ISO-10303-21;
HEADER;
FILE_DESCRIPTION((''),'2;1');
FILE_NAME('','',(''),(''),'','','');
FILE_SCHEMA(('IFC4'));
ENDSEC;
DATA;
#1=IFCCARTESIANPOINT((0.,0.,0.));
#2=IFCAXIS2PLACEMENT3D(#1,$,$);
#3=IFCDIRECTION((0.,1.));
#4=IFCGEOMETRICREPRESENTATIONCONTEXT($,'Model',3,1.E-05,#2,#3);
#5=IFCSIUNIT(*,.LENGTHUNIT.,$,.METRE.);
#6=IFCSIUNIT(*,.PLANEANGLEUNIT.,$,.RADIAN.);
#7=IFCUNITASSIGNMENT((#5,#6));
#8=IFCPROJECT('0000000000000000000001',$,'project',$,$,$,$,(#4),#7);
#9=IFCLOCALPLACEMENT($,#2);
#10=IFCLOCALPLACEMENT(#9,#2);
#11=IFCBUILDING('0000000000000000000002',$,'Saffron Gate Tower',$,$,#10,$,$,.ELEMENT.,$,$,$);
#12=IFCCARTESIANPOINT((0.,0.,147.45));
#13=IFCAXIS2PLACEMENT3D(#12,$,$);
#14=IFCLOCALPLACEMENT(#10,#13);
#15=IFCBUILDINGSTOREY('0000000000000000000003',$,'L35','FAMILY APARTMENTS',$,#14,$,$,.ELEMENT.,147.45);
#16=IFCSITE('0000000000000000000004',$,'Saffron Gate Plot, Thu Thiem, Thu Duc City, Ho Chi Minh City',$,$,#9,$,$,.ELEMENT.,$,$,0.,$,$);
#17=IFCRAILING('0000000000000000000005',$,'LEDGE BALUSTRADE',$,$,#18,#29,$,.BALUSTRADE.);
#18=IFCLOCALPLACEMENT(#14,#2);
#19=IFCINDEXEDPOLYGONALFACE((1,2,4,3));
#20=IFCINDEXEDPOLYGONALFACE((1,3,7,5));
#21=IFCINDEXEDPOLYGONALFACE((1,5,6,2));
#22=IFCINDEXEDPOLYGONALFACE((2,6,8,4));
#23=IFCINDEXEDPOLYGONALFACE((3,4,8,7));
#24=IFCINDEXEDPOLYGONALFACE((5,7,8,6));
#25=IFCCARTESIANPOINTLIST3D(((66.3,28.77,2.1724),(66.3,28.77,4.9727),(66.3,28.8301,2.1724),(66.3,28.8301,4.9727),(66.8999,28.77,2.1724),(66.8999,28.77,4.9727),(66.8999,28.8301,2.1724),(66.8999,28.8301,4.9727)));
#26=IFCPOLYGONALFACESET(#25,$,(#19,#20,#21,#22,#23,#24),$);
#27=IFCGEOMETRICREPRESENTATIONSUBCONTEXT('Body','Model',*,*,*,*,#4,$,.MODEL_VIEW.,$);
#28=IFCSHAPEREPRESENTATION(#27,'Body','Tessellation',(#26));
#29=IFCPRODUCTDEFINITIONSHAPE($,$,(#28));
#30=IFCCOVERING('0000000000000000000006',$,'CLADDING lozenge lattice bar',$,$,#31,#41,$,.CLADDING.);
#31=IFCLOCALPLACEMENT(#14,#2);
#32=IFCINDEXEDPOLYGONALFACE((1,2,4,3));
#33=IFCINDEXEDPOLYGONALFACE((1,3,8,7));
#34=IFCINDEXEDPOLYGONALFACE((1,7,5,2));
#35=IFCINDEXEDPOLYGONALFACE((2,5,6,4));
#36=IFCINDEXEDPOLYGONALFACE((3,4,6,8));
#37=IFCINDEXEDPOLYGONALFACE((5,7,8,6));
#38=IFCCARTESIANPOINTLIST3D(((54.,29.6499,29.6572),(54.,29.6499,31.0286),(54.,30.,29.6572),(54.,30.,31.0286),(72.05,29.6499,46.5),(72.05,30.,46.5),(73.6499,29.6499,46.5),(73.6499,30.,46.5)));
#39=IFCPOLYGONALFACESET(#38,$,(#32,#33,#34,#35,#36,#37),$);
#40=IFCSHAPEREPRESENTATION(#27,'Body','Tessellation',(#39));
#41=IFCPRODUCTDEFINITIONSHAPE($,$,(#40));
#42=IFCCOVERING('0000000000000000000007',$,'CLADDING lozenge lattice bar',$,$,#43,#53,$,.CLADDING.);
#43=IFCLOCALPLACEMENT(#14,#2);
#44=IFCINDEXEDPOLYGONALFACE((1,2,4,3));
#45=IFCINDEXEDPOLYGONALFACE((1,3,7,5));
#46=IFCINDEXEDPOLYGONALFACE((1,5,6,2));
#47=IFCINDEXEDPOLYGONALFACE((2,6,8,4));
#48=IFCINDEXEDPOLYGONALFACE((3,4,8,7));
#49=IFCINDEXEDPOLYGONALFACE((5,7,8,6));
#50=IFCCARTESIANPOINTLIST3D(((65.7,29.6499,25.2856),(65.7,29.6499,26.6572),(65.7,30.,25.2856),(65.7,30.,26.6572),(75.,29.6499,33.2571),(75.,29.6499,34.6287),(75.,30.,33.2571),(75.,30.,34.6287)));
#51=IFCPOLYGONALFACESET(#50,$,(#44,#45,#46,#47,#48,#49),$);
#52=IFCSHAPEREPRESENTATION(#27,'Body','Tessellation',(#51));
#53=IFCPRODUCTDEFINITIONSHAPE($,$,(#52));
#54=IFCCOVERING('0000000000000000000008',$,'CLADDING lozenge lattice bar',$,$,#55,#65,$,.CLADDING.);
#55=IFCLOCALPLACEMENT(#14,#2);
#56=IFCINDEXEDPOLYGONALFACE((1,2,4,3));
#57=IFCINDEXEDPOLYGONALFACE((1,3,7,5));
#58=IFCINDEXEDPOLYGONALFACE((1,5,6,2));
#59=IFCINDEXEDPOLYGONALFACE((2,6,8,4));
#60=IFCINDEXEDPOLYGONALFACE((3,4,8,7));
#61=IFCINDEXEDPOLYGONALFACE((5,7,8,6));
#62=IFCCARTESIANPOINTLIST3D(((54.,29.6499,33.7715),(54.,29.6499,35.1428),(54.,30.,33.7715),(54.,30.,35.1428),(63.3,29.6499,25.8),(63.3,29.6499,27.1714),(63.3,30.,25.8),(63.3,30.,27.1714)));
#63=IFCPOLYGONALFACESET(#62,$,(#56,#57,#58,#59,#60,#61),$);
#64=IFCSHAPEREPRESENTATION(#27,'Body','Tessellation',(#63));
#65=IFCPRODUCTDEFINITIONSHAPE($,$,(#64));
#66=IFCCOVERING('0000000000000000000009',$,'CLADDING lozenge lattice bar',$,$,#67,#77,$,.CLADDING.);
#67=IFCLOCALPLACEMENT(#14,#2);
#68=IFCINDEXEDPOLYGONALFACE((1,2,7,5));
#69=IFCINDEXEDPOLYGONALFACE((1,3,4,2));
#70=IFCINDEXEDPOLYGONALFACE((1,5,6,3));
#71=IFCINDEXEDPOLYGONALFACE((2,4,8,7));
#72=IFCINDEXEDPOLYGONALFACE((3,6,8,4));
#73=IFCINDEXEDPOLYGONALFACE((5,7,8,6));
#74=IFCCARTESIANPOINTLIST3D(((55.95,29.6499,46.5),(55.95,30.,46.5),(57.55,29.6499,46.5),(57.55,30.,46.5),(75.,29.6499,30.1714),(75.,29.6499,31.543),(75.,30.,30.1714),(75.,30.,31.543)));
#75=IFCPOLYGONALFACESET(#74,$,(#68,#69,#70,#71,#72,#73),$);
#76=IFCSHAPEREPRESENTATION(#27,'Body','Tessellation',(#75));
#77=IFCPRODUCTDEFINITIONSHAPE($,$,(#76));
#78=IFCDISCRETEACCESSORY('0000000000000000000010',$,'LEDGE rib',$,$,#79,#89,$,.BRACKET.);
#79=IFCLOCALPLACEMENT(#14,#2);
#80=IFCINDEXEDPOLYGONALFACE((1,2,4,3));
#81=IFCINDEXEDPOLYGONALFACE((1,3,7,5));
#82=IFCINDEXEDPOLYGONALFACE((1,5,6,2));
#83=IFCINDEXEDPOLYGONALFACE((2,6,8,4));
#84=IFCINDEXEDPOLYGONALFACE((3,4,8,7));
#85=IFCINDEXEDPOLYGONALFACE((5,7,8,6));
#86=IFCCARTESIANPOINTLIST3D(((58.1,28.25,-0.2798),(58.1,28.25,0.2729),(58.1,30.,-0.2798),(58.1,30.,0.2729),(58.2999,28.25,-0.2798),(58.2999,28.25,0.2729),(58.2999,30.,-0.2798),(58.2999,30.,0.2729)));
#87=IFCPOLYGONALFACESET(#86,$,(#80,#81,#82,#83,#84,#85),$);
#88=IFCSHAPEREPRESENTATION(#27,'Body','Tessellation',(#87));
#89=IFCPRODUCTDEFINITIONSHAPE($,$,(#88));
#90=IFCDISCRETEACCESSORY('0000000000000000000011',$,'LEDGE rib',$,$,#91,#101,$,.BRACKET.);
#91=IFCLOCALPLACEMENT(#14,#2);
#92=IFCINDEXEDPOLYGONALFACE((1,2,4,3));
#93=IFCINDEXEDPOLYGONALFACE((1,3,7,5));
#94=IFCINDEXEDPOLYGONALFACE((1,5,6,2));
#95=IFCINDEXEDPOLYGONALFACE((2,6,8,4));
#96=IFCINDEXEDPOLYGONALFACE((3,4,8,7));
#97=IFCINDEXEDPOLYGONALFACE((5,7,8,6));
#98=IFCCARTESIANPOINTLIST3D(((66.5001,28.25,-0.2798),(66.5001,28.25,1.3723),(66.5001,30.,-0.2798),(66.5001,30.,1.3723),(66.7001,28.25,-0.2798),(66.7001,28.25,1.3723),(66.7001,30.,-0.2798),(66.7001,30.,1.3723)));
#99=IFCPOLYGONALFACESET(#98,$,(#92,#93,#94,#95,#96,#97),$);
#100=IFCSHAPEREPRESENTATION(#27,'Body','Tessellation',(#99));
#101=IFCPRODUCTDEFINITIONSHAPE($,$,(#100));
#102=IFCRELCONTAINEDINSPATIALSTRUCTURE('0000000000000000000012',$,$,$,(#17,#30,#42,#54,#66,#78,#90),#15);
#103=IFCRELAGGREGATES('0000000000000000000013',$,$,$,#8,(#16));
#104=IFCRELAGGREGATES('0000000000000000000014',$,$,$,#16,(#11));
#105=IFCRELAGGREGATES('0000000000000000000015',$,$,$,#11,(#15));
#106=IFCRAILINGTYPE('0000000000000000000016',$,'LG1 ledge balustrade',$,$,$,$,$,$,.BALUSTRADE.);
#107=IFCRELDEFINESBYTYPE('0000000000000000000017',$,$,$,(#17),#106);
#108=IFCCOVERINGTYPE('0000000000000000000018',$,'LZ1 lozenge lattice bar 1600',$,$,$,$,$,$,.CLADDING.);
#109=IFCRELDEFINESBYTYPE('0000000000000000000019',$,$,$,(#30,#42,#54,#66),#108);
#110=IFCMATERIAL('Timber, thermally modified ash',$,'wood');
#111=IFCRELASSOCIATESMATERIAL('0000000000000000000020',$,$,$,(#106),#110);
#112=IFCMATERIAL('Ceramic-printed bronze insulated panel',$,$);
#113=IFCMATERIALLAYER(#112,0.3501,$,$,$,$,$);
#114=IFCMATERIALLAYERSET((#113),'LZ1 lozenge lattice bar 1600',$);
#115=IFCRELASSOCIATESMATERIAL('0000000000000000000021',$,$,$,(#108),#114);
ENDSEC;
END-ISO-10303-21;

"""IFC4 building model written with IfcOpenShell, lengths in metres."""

from ifc_helpers import new_model, si_unit, direction, frame, origin, origin_2d, place, context, subcontext, project, spatial, polyline, rectangle, outline, extrude, material, layer, layer_set, type_object, element, save


model = new_model("IFC4")

# Units and contexts
model_context = context("Model", 3, precision=1e-05, world=origin(), true_north=direction((0.0, 1.0)))
body_context = subcontext(model_context, "Body", "Model", "MODEL_VIEW")
ifc_project = project(units=[si_unit("LENGTHUNIT", "METRE"), si_unit("PLANEANGLEUNIT", "RADIAN")], contexts=[model_context])

# Site, building, storey
site_placement = place(None, origin())
site = spatial("IfcSite", under=ifc_project, at=site_placement, Name="Saffron Gate Plot, Thu Thiem, Thu Duc City, Ho Chi Minh City", CompositionType="ELEMENT", RefElevation=0.0)
building_placement = place(site_placement, origin())
building = spatial("IfcBuilding", under=site, at=building_placement, Name="Saffron Gate Tower", CompositionType="ELEMENT")
storey_placement = place(building_placement, frame((0.0, 0.0, 147.45)))
storey = spatial("IfcBuildingStorey", under=building, at=storey_placement, Name="L35", Description="FAMILY APARTMENTS", CompositionType="ELEMENT", Elevation=147.45)

# Shared definitions
ifc_material_1 = material(Name="Timber, thermally modified ash", Category="wood")

# Railing
railing_type = type_object("IfcRailingType", Name="LG1 ledge balustrade", PredefinedType="BALUSTRADE", material=ifc_material_1)
railing_1_placement = place(storey_placement, frame((66.3, 28.8, 2.1724)))
element("IfcRailing", 1, at=railing_1_placement, inside=storey, type_object=railing_type, Name="LEDGE BALUSTRADE", PredefinedType="BALUSTRADE", context=body_context, shape_type="SweptSolid", body=[
    extrude(rectangle(XDim=0.0601, YDim=2.8003, at=origin_2d()), frame((0.0, 0.0, 1.4001), z_axis=(1.0, 0.0, 0.0), x_axis=(0.0, 1.0, 0.0)), (0.0, 0.0, 1.0), 0.5999),
])

# Coverings
ifc_material_2 = material(Name="Ceramic-printed bronze insulated panel")
ifc_layer_1 = layer(ifc_material_2, 0.3501)
ifc_layer_set_1 = layer_set([ifc_layer_1], Name="LZ1 lozenge lattice bar 1600")
covering_type_1 = type_object("IfcCoveringType", Name="LZ1 lozenge lattice bar 1600", PredefinedType="CLADDING", material=ifc_layer_set_1)
covering_1_placement = place(storey_placement, frame((54.0, 29.6499, 29.6572), z_axis=(0.0, -1.0, 0.0), x_axis=(0.759257, 0.0, 0.650791)))
element("IfcCovering", 2, at=covering_1_placement, inside=storey, type_object=covering_type_1, Name="CLADDING lozenge lattice bar", PredefinedType="CLADDING", context=body_context, shape_type="SweptSolid", body=[
    extrude(outline(polyline([(0.0, 0.0), (25.8804, 0.0), (24.6658, 1.0412), (0.8925, 1.0412), (0.0, 0.0)])), origin(), (0.0, 0.0, -1.0), 0.3501),
])
covering_2_placement = place(storey_placement, frame((65.7, 29.6499, 26.6572), z_axis=(0.0, -1.0, 0.0), x_axis=(0.0, 0.0, -1.0)))
element("IfcCovering", 3, at=covering_2_placement, inside=storey, type_object=covering_type_1, Name="CLADDING lozenge lattice bar", PredefinedType="CLADDING", context=body_context, shape_type="SweptSolid", body=[
    extrude(outline(polyline([(0.0, 0.0), (1.3716, 0.0), (-6.5999, 9.3), (-7.9714, 9.3), (0.0, 0.0)])), origin(), (0.0, 0.0, -1.0), 0.3501),
])
covering_3_placement = place(storey_placement, frame((63.3, 29.6499, 25.8), z_axis=(0.0, -1.0, 0.0), x_axis=(0.0, 0.0, 1.0)))
element("IfcCovering", 4, at=covering_3_placement, inside=storey, type_object=covering_type_1, Name="CLADDING lozenge lattice bar", PredefinedType="CLADDING", context=body_context, shape_type="SweptSolid", body=[
    extrude(outline(polyline([(0.0, 0.0), (1.3713, 0.0), (9.3428, 9.3), (7.9714, 9.3), (0.0, 0.0)])), origin(), (0.0, 0.0, -1.0), 0.3501),
])
covering_4_placement = place(storey_placement, frame((75.0, 29.6499, 30.1714), z_axis=(0.0, -1.0, 0.0), x_axis=(0.0, 0.0, 1.0)))
element("IfcCovering", 5, at=covering_4_placement, inside=storey, type_object=covering_type_1, Name="CLADDING lozenge lattice bar", PredefinedType="CLADDING", context=body_context, shape_type="SweptSolid", body=[
    extrude(outline(polyline([(0.0, 0.0), (1.3716, 0.0), (16.3286, 17.45), (16.3286, 19.05), (0.0, 0.0)])), origin(), (0.0, 0.0, -1.0), 0.3501),
])

# Discrete accessories
discrete_accessory_1_placement = place(storey_placement, frame((58.2, 29.125, -0.2798), z_axis=(0.0, 0.0, 1.0), x_axis=(1.0, 0.0, 0.0)))
element("IfcDiscreteAccessory", 6, at=discrete_accessory_1_placement, inside=storey, Name="LEDGE rib", PredefinedType="BRACKET", context=body_context, shape_type="SweptSolid", body=[
    extrude(rectangle(XDim=0.2, YDim=1.75, at=origin_2d()), origin(), (0.0, 0.0, 1.0), 0.5527),
])
discrete_accessory_2_placement = place(storey_placement, frame((66.6001, 29.125, -0.2798), z_axis=(0.0, 0.0, 1.0), x_axis=(1.0, 0.0, 0.0)))
element("IfcDiscreteAccessory", 7, at=discrete_accessory_2_placement, inside=storey, Name="LEDGE rib", PredefinedType="BRACKET", context=body_context, shape_type="SweptSolid", body=[
    extrude(rectangle(XDim=0.2, YDim=1.75, at=origin_2d()), origin(), (0.0, 0.0, 1.0), 1.6521),
])

save(model, "model.ifc")
